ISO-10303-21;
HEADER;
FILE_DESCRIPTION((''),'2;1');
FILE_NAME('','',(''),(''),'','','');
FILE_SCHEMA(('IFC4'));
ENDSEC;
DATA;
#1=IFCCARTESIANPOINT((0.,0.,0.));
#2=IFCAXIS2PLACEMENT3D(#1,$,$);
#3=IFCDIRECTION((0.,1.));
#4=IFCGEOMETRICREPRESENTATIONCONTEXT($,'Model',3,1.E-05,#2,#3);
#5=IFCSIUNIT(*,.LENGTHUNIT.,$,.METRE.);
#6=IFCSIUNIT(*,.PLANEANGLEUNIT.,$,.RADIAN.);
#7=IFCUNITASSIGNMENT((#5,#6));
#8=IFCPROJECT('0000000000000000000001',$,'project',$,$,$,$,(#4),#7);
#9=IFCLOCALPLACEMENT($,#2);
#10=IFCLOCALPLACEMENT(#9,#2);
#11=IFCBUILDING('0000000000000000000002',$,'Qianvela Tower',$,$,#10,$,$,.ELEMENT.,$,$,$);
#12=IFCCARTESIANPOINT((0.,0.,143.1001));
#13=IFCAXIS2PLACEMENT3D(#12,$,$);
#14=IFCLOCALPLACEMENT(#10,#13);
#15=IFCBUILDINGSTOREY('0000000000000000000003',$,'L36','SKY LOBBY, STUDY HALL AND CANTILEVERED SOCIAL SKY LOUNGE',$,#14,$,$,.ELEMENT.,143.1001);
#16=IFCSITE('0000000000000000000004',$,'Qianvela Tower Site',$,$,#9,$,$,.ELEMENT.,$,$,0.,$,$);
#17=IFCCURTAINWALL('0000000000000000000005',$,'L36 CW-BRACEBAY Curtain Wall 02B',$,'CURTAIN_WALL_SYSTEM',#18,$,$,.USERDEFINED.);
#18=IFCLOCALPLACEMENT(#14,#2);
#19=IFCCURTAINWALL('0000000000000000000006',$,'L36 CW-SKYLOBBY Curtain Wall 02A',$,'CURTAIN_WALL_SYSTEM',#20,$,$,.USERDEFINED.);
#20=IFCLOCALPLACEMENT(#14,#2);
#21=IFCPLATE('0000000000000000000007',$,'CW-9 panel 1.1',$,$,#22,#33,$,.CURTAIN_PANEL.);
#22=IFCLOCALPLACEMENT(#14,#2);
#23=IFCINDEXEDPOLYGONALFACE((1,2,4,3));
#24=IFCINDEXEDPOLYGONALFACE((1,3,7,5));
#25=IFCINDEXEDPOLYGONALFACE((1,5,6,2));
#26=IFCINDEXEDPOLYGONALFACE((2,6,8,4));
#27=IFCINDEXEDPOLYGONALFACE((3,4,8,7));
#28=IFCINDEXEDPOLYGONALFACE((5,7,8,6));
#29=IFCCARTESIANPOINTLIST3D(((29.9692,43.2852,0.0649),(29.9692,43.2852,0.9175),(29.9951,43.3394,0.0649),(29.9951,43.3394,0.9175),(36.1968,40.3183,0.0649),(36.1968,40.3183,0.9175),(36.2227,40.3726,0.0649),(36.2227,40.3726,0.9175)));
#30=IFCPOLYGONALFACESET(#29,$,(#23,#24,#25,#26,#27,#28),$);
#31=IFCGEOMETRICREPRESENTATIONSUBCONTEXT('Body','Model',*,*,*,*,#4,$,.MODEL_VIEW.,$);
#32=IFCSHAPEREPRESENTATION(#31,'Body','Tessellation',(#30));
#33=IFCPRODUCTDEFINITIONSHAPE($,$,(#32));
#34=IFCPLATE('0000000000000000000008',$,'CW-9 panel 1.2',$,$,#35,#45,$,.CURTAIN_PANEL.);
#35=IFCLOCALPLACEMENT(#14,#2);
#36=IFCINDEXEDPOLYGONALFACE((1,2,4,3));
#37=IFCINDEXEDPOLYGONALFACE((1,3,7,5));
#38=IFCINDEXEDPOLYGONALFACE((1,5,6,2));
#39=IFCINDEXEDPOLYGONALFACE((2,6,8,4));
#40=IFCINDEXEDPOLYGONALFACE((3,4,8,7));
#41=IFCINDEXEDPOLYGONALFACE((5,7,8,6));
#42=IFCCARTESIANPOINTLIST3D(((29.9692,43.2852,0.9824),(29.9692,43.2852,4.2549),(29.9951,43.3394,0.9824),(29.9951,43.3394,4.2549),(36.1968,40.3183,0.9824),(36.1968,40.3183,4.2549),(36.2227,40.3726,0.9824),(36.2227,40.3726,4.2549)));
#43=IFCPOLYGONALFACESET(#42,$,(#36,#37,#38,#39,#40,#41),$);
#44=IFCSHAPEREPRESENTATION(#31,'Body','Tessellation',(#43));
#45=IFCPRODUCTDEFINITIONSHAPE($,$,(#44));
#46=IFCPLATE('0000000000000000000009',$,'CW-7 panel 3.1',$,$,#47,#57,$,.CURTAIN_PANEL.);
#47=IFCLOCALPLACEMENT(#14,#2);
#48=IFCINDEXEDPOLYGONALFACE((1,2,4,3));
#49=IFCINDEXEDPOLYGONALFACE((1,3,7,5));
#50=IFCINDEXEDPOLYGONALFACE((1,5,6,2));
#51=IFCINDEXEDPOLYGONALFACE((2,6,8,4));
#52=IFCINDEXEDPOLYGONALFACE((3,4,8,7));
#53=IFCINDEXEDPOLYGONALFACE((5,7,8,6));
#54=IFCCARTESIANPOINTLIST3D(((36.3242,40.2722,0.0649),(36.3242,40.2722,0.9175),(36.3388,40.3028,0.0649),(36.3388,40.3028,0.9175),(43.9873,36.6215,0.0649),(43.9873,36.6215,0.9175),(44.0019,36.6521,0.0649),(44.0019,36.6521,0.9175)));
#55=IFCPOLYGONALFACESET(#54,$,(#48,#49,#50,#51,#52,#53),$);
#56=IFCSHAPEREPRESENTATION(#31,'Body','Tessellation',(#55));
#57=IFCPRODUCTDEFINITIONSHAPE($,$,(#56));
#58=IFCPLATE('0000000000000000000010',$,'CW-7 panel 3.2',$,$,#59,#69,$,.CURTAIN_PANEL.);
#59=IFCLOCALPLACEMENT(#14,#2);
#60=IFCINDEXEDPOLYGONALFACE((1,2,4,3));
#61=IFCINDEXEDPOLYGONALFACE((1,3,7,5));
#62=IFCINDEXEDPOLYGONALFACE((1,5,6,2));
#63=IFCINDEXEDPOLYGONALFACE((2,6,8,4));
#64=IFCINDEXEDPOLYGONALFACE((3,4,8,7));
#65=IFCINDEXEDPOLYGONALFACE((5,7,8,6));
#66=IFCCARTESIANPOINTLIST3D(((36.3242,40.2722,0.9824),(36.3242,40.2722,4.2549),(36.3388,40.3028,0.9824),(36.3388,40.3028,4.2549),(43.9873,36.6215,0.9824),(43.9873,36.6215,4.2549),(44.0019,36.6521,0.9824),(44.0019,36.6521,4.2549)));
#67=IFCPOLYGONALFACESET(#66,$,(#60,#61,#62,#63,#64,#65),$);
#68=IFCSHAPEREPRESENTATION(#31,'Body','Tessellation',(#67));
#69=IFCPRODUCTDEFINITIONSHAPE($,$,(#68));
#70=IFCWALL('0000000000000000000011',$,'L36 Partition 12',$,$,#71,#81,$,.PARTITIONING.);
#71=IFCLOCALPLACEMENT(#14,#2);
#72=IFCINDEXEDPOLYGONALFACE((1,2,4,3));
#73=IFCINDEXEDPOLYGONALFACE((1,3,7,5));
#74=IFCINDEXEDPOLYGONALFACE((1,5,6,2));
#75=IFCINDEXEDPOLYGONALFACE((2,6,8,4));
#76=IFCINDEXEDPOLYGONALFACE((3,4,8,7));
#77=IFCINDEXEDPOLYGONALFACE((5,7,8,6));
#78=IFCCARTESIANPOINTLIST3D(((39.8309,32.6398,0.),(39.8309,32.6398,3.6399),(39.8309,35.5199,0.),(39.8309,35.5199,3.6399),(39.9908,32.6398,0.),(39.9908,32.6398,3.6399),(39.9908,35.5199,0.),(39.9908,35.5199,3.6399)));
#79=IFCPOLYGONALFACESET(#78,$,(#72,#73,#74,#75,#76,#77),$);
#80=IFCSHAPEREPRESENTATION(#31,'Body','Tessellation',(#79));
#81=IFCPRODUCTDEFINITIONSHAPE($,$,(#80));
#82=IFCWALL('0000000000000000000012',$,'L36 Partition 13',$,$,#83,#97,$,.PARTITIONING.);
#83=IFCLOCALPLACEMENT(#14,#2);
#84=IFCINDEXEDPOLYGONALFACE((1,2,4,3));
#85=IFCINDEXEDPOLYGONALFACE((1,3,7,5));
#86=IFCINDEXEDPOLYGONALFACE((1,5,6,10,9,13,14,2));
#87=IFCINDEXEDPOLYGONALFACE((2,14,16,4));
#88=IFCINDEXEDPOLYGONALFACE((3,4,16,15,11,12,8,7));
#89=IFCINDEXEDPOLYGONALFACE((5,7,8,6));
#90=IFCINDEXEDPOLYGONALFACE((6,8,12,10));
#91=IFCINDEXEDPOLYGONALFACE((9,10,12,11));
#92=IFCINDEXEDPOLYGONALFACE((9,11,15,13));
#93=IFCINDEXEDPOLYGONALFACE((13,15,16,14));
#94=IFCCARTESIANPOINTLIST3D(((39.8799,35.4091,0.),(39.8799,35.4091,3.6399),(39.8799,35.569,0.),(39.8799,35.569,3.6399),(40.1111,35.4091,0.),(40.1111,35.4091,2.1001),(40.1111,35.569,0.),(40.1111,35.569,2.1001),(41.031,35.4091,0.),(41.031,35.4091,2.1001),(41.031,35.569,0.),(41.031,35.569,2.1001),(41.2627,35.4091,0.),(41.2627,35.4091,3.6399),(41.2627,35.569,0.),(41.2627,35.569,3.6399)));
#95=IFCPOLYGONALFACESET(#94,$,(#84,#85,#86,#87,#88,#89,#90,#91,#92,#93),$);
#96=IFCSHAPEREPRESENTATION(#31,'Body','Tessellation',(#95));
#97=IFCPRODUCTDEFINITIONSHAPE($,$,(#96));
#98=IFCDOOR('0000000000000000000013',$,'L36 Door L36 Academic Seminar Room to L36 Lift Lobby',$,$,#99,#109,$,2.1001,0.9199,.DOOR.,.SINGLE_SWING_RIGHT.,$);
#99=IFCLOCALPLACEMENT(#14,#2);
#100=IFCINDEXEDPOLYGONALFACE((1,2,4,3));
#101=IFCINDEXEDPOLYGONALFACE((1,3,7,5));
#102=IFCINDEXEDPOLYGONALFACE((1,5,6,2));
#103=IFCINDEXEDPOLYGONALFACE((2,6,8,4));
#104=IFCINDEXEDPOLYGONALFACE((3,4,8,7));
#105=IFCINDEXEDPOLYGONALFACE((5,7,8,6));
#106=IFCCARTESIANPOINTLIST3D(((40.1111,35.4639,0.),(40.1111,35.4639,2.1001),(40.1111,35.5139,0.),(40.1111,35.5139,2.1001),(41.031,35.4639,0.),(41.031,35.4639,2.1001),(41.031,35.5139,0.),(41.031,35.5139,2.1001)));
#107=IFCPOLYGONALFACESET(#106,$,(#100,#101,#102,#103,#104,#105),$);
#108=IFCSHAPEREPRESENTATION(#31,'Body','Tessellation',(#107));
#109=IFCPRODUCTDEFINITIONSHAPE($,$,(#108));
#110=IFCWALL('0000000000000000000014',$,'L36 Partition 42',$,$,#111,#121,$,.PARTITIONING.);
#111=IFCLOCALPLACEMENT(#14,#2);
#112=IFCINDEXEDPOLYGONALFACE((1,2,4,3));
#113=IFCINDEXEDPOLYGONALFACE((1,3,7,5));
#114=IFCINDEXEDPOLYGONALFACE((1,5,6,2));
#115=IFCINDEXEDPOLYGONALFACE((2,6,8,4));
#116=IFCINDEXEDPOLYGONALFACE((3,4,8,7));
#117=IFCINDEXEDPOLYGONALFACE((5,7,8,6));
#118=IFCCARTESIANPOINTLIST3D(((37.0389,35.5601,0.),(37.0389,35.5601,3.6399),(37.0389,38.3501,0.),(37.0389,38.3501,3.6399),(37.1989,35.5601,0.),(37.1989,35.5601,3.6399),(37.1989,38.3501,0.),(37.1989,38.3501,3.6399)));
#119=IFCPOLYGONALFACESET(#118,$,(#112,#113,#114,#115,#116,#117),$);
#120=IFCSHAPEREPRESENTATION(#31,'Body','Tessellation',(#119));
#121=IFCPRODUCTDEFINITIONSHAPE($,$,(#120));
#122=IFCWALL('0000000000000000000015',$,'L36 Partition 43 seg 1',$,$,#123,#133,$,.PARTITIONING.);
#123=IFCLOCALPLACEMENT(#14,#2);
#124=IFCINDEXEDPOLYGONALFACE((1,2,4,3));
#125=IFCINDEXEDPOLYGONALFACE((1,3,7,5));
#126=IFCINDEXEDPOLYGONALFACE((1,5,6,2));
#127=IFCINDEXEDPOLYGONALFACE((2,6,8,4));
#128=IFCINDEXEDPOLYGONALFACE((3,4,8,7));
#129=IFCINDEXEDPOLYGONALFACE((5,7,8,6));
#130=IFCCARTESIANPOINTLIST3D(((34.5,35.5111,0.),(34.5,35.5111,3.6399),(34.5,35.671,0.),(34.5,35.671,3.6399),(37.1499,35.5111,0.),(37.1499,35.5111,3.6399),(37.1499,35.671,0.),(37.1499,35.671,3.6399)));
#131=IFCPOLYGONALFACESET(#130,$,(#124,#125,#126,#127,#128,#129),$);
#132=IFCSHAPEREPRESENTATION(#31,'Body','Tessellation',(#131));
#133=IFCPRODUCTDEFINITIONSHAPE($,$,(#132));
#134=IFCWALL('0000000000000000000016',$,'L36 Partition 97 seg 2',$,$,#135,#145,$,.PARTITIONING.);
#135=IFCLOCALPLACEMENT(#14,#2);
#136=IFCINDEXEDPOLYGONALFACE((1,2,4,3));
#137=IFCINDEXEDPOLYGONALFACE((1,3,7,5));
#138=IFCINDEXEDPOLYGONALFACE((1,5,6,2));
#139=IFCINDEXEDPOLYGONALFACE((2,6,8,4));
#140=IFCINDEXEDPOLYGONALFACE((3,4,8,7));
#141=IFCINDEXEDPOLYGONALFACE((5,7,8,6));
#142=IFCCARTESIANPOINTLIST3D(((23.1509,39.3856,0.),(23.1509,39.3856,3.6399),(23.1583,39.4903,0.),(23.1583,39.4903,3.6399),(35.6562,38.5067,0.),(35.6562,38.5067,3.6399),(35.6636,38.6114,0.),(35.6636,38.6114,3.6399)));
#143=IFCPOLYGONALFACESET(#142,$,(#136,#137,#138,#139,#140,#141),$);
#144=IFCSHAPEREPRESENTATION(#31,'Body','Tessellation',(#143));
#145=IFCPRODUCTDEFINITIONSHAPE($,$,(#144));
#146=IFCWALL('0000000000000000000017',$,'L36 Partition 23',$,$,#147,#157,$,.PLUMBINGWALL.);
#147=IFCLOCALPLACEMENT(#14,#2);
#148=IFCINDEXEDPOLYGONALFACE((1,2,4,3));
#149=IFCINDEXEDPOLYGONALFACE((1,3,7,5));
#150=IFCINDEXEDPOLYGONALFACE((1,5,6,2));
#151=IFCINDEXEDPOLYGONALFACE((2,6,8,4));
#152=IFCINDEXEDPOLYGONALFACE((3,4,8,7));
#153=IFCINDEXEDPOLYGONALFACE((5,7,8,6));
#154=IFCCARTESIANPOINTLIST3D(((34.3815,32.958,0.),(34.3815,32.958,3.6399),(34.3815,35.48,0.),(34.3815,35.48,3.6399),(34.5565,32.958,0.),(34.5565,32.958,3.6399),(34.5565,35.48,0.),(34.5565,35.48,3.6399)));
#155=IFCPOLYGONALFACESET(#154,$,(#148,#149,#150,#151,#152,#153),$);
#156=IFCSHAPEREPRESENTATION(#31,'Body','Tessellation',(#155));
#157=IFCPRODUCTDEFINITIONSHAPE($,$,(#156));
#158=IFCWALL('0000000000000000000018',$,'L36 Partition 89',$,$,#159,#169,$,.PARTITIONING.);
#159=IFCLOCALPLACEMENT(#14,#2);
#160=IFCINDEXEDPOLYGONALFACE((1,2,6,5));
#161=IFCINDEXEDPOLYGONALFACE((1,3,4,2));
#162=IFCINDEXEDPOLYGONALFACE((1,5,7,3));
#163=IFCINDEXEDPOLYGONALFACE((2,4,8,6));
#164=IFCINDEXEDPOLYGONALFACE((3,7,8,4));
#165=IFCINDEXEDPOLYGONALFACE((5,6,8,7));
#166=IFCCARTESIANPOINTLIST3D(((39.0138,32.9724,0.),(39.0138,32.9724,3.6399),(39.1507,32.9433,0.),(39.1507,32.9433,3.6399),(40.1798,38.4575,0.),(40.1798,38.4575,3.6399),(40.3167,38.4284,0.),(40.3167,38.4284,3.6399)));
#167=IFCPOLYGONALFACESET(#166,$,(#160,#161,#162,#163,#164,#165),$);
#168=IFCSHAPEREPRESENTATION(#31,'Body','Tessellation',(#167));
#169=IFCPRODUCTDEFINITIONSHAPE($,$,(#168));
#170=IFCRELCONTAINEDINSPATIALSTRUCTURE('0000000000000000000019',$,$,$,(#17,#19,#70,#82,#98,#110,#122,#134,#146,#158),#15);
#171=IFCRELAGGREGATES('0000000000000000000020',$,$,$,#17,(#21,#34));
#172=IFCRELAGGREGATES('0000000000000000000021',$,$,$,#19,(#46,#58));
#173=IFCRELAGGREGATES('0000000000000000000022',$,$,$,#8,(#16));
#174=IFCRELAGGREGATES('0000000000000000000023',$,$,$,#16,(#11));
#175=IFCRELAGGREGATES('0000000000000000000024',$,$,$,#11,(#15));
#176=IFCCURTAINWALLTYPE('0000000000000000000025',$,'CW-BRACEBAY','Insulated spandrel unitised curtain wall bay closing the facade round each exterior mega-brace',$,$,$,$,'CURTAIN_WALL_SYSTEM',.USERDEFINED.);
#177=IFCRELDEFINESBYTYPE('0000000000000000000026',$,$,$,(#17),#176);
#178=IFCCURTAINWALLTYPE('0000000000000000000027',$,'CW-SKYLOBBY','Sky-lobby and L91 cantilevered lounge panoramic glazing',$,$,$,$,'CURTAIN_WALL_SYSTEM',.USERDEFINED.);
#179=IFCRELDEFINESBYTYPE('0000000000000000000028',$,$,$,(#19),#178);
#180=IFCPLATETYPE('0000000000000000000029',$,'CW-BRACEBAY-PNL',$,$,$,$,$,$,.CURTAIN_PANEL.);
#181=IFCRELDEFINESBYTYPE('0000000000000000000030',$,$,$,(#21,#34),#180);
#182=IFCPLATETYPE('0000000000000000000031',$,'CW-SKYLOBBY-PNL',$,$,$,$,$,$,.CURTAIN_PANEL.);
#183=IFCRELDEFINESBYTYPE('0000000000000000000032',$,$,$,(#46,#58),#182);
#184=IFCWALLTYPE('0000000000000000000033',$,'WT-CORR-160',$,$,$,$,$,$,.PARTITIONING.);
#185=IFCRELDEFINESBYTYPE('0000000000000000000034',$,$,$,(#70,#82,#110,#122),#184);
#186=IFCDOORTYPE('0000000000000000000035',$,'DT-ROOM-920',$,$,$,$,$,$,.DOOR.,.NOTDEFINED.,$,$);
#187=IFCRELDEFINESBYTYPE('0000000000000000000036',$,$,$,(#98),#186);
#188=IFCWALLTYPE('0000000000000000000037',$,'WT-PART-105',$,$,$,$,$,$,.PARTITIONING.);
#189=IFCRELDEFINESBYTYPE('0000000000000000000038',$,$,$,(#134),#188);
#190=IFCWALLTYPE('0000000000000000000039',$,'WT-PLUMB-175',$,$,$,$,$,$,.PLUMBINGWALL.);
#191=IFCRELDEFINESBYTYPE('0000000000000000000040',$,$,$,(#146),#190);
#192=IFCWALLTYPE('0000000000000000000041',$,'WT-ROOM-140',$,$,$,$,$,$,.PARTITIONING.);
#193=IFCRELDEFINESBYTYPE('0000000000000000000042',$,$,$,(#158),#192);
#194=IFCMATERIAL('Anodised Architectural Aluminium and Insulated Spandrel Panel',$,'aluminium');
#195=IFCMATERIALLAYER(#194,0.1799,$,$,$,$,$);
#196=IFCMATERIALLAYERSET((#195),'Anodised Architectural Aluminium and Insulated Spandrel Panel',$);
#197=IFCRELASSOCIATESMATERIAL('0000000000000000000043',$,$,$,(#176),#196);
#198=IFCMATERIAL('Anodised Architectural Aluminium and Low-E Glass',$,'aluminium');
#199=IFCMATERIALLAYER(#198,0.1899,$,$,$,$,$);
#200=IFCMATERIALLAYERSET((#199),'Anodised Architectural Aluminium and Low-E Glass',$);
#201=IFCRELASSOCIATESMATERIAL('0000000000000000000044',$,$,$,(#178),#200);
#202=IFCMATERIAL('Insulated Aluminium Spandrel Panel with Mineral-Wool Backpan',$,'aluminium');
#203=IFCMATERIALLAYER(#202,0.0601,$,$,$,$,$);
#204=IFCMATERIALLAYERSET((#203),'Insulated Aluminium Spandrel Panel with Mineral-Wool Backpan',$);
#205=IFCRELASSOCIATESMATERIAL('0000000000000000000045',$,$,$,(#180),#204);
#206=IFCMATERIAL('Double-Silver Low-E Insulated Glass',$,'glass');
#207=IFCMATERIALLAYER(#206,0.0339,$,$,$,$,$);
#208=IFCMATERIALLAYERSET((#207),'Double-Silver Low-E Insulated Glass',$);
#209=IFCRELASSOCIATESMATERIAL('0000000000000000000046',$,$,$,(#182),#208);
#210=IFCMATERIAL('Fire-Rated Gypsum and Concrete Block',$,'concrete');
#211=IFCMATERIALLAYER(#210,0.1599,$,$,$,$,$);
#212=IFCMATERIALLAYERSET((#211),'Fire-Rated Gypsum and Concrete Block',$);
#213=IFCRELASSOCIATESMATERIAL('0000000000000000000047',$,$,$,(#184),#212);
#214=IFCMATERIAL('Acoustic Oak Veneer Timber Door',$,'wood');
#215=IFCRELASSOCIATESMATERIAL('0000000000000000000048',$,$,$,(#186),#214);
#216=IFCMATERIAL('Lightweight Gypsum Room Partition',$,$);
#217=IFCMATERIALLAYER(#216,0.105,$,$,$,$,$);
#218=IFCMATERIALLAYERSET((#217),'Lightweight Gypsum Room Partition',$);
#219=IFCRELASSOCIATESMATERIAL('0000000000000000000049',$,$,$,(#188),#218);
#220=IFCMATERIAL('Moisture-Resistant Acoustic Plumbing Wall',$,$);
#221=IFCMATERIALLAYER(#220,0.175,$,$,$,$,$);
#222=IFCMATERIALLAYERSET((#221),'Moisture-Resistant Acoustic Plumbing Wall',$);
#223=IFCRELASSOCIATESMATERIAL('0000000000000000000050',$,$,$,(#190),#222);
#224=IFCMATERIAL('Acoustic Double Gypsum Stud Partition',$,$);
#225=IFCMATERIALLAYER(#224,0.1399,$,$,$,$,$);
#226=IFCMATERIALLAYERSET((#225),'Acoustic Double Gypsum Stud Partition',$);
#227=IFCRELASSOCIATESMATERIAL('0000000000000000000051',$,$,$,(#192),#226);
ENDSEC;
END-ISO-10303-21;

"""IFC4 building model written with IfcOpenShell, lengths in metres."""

from ifc_helpers import new_model, si_unit, direction, frame, frame_2d, origin, origin_2d, place, context, subcontext, project, spatial, rectangle, extrude, material, layer, layer_set, type_object, element, fill, aggregate, save


model = new_model("IFC4")

# Units and contexts
model_context = context("Model", 3, precision=1e-05, world=origin(), true_north=direction((0.0, 1.0)))
body_context = subcontext(model_context, "Body", "Model", "MODEL_VIEW")
ifc_project = project(units=[si_unit("LENGTHUNIT", "METRE"), si_unit("PLANEANGLEUNIT", "RADIAN")], contexts=[model_context])

# Site, building, storey
site_placement = place(None, origin())
site = spatial("IfcSite", under=ifc_project, at=site_placement, Name="Qianvela Tower Site", CompositionType="ELEMENT", RefElevation=0.0)
building_placement = place(site_placement, origin())
building = spatial("IfcBuilding", under=site, at=building_placement, Name="Qianvela Tower", CompositionType="ELEMENT")
storey_placement = place(building_placement, frame((0.0, 0.0, 143.1001)))
storey = spatial("IfcBuildingStorey", under=building, at=storey_placement, Name="L36", Description="SKY LOBBY, STUDY HALL AND CANTILEVERED SOCIAL SKY LOUNGE", CompositionType="ELEMENT", Elevation=143.1001)

# Curtain wall
ifc_material_1 = material(Name="Anodised Architectural Aluminium and Insulated Spandrel Panel", Category="aluminium")
ifc_layer_1 = layer(ifc_material_1, 0.1799)
ifc_layer_set_1 = layer_set([ifc_layer_1], Name="Anodised Architectural Aluminium and Insulated Spandrel Panel")
curtain_wall_type_1 = type_object("IfcCurtainWallType", Name="CW-BRACEBAY", Description="Insulated spandrel unitised curtain wall bay closing the facade round each exterior mega-brace", ElementType="CURTAIN_WALL_SYSTEM", PredefinedType="USERDEFINED", material=ifc_layer_set_1)
curtain_wall_1_placement = place(storey_placement, origin())
curtain_wall_1 = element("IfcCurtainWall", 1, at=curtain_wall_1_placement, inside=storey, type_object=curtain_wall_type_1, Name="L36 CW-BRACEBAY Curtain Wall 02B", ObjectType="CURTAIN_WALL_SYSTEM", PredefinedType="USERDEFINED")

# Curtain wall
ifc_material_2 = material(Name="Anodised Architectural Aluminium and Low-E Glass", Category="aluminium")
ifc_layer_2 = layer(ifc_material_2, 0.1899)
ifc_layer_set_2 = layer_set([ifc_layer_2], Name="Anodised Architectural Aluminium and Low-E Glass")
curtain_wall_type_2 = type_object("IfcCurtainWallType", Name="CW-SKYLOBBY", Description="Sky-lobby and L91 cantilevered lounge panoramic glazing", ElementType="CURTAIN_WALL_SYSTEM", PredefinedType="USERDEFINED", material=ifc_layer_set_2)
curtain_wall_2_placement = place(storey_placement, origin())
curtain_wall_2 = element("IfcCurtainWall", 2, at=curtain_wall_2_placement, inside=storey, type_object=curtain_wall_type_2, Name="L36 CW-SKYLOBBY Curtain Wall 02A", ObjectType="CURTAIN_WALL_SYSTEM", PredefinedType="USERDEFINED")

# Plates
ifc_material_3 = material(Name="Insulated Aluminium Spandrel Panel with Mineral-Wool Backpan", Category="aluminium")
ifc_layer_3 = layer(ifc_material_3, 0.0601)
ifc_layer_set_3 = layer_set([ifc_layer_3], Name="Insulated Aluminium Spandrel Panel with Mineral-Wool Backpan")
plate_type_1 = type_object("IfcPlateType", Name="CW-BRACEBAY-PNL", PredefinedType="CURTAIN_PANEL", material=ifc_layer_set_3)
plate_1_placement = place(storey_placement, frame((33.0959, 41.8289, 0.0649), z_axis=(0.0, 0.0, 1.0), x_axis=(-0.902788, 0.430087, 0.0)))
plate_1 = element("IfcPlate", 3, at=plate_1_placement, type_object=plate_type_1, Name="CW-9 panel 1.1", PredefinedType="CURTAIN_PANEL", context=body_context, shape_type="SweptSolid", body=[
    extrude(rectangle(XDim=6.8982, YDim=0.0601, at=origin_2d()), origin(), (0.0, 0.0, 1.0), 0.8525),
])
plate_2_placement = place(storey_placement, frame((33.0959, 41.8289, 0.9824), z_axis=(0.0, 0.0, 1.0), x_axis=(-0.902788, 0.430087, 0.0)))
plate_2 = element("IfcPlate", 4, at=plate_2_placement, type_object=plate_type_1, Name="CW-9 panel 1.2", PredefinedType="CURTAIN_PANEL", context=body_context, shape_type="SweptSolid", body=[
    extrude(rectangle(XDim=6.8982, YDim=0.0601, at=origin_2d()), origin(), (0.0, 0.0, 1.0), 3.2725),
])
aggregate(curtain_wall_1, [plate_1, plate_2])
ifc_material_4 = material(Name="Double-Silver Low-E Insulated Glass", Category="glass")
ifc_layer_4 = layer(ifc_material_4, 0.0339)
ifc_layer_set_4 = layer_set([ifc_layer_4], Name="Double-Silver Low-E Insulated Glass")
plate_type_2 = type_object("IfcPlateType", Name="CW-SKYLOBBY-PNL", PredefinedType="CURTAIN_PANEL", material=ifc_layer_set_4)
plate_3_placement = place(storey_placement, frame((40.1631, 38.4622, 0.0649), z_axis=(0.0, 0.0, 1.0), x_axis=(-0.902787, 0.430088, 0.0)))
plate_3 = element("IfcPlate", 5, at=plate_3_placement, type_object=plate_type_2, Name="CW-7 panel 3.1", PredefinedType="CURTAIN_PANEL", context=body_context, shape_type="SweptSolid", body=[
    extrude(rectangle(XDim=8.4883, YDim=0.0339, at=origin_2d()), origin(), (0.0, 0.0, 1.0), 0.8525),
])
plate_4_placement = place(storey_placement, frame((40.1631, 38.4622, 0.9824), z_axis=(0.0, 0.0, 1.0), x_axis=(-0.902787, 0.430088, 0.0)))
plate_4 = element("IfcPlate", 6, at=plate_4_placement, type_object=plate_type_2, Name="CW-7 panel 3.2", PredefinedType="CURTAIN_PANEL", context=body_context, shape_type="SweptSolid", body=[
    extrude(rectangle(XDim=8.4883, YDim=0.0339, at=origin_2d()), origin(), (0.0, 0.0, 1.0), 3.2725),
])
aggregate(curtain_wall_2, [plate_3, plate_4])

# Wall
ifc_material_5 = material(Name="Fire-Rated Gypsum and Concrete Block", Category="concrete")
ifc_layer_5 = layer(ifc_material_5, 0.1599)
ifc_layer_set_5 = layer_set([ifc_layer_5], Name="Fire-Rated Gypsum and Concrete Block")
wall_type_1 = type_object("IfcWallType", Name="WT-CORR-160", PredefinedType="PARTITIONING", material=ifc_layer_set_5)
wall_1_placement = place(storey_placement, frame((39.9109, 32.6399, 0.0), z_axis=(0.0, 0.0, 1.0), x_axis=(0.0, 1.0, 0.0)))
element("IfcWall", 7, at=wall_1_placement, inside=storey, type_object=wall_type_1, Name="L36 Partition 12", PredefinedType="PARTITIONING", context=body_context, shape_type="SweptSolid", body=[
    extrude(rectangle(XDim=2.8801, YDim=0.1599, at=frame_2d((1.4399, 0.0))), origin(), (0.0, 0.0, 1.0), 3.6399),
])

# Wall, opening, door
wall_2_placement = place(storey_placement, frame((39.8799, 35.489, 0.0), z_axis=(0.0, 0.0, 1.0), x_axis=(1.0, 0.0, 0.0)))
wall_2 = element("IfcWall", 8, at=wall_2_placement, inside=storey, type_object=wall_type_1, Name="L36 Partition 13", PredefinedType="PARTITIONING", context=body_context, shape_type="SweptSolid", body=[
    extrude(rectangle(XDim=1.3828, YDim=0.1599, at=frame_2d((0.6914, 0.0))), origin(), (0.0, 0.0, 1.0), 3.6399),
])
opening_placement = place(wall_2_placement, frame((0.2312, 0.0, 0.0)))
opening = element("IfcOpeningElement", 9, at=opening_placement, cuts=wall_2, PredefinedType="OPENING", context=body_context, shape_type="SweptSolid", body=[
    extrude(rectangle(XDim=0.9199, YDim=2.1001, at=frame_2d((0.46, 1.05))), frame((0.0, 0.0898, 0.0), z_axis=(0.0, -1.0, 0.0), x_axis=(1.0, 0.0, 0.0)), (0.0, 0.0, 1.0), 0.1799),
])
ifc_material_6 = material(Name="Acoustic Oak Veneer Timber Door", Category="wood")
door_type = type_object("IfcDoorType", Name="DT-ROOM-920", OperationType="NOTDEFINED", PredefinedType="DOOR", material=ifc_material_6)
door_placement = place(opening_placement, origin())
door = element("IfcDoor", 10, at=door_placement, inside=storey, type_object=door_type, Name="L36 Door L36 Academic Seminar Room to L36 Lift Lobby", OperationType="SINGLE_SWING_RIGHT", OverallHeight=2.1001, OverallWidth=0.9199, PredefinedType="DOOR", context=body_context, shape_type="SweptSolid", body=[
    extrude(rectangle(XDim=0.9199, YDim=2.1001, at=frame_2d((0.46, 1.05))), frame((0.0, 0.0249, 0.0), z_axis=(0.0, -1.0, 0.0), x_axis=(1.0, 0.0, 0.0)), (0.0, 0.0, 1.0), 0.05),
])
fill(opening, door)

# Walls
wall_3_placement = place(storey_placement, frame((37.1189, 38.3501, 0.0), z_axis=(0.0, 0.0, 1.0), x_axis=(0.0, -1.0, 0.0)))
element("IfcWall", 11, at=wall_3_placement, inside=storey, type_object=wall_type_1, Name="L36 Partition 42", PredefinedType="PARTITIONING", context=body_context, shape_type="SweptSolid", body=[
    extrude(rectangle(XDim=2.79, YDim=0.1599, at=frame_2d((1.395, 0.0))), origin(), (0.0, 0.0, 1.0), 3.6399),
])
wall_4_placement = place(storey_placement, frame((37.1499, 35.5911, 0.0), z_axis=(0.0, 0.0, 1.0), x_axis=(-1.0, 0.0, 0.0)))
element("IfcWall", 12, at=wall_4_placement, inside=storey, type_object=wall_type_1, Name="L36 Partition 43 seg 1", PredefinedType="PARTITIONING", context=body_context, shape_type="SweptSolid", body=[
    extrude(rectangle(XDim=2.6499, YDim=0.1599, at=frame_2d((1.325, 0.0))), origin(), (0.0, 0.0, 1.0), 3.6399),
])
ifc_material_7 = material(Name="Lightweight Gypsum Room Partition")
ifc_layer_6 = layer(ifc_material_7, 0.105)
ifc_layer_set_6 = layer_set([ifc_layer_6], Name="Lightweight Gypsum Room Partition")
wall_type_2 = type_object("IfcWallType", Name="WT-PART-105", PredefinedType="PARTITIONING", material=ifc_layer_set_6)
wall_5_placement = place(storey_placement, frame((35.6599, 38.5591, 0.0), z_axis=(0.0, 0.0, 1.0), x_axis=(-0.997539, 0.070109, 0.0)))
element("IfcWall", 13, at=wall_5_placement, inside=storey, type_object=wall_type_2, Name="L36 Partition 97 seg 2", PredefinedType="PARTITIONING", context=body_context, shape_type="SweptSolid", body=[
    extrude(rectangle(XDim=12.5361, YDim=0.105, at=frame_2d((6.2681, 0.0))), origin(), (0.0, 0.0, 1.0), 3.6399),
])
ifc_material_8 = material(Name="Moisture-Resistant Acoustic Plumbing Wall")
ifc_layer_7 = layer(ifc_material_8, 0.175)
ifc_layer_set_7 = layer_set([ifc_layer_7], Name="Moisture-Resistant Acoustic Plumbing Wall")
wall_type_3 = type_object("IfcWallType", Name="WT-PLUMB-175", PredefinedType="PLUMBINGWALL", material=ifc_layer_set_7)
wall_6_placement = place(storey_placement, frame((34.469, 35.48, 0.0), z_axis=(0.0, 0.0, 1.0), x_axis=(0.0, -1.0, 0.0)))
element("IfcWall", 14, at=wall_6_placement, inside=storey, type_object=wall_type_3, Name="L36 Partition 23", PredefinedType="PLUMBINGWALL", context=body_context, shape_type="SweptSolid", body=[
    extrude(rectangle(XDim=2.522, YDim=0.175, at=frame_2d((1.261, 0.0))), origin(), (0.0, 0.0, 1.0), 3.6399),
])
ifc_material_9 = material(Name="Acoustic Double Gypsum Stud Partition")
ifc_layer_8 = layer(ifc_material_9, 0.1399)
ifc_layer_set_8 = layer_set([ifc_layer_8], Name="Acoustic Double Gypsum Stud Partition")
wall_type_4 = type_object("IfcWallType", Name="WT-ROOM-140", PredefinedType="PARTITIONING", material=ifc_layer_set_8)
wall_7_placement = place(storey_placement, frame((39.0823, 32.958, 0.0), z_axis=(0.0, 0.0, 1.0), x_axis=(0.207932, 0.978143, 0.0)))
element("IfcWall", 15, at=wall_7_placement, inside=storey, type_object=wall_type_4, Name="L36 Partition 89", PredefinedType="PARTITIONING", context=body_context, shape_type="SweptSolid", body=[
    extrude(rectangle(XDim=5.6077, YDim=0.1399, at=frame_2d((2.8037, 0.0))), origin(), (0.0, 0.0, 1.0), 3.6399),
])

save(model, "model.ifc")
